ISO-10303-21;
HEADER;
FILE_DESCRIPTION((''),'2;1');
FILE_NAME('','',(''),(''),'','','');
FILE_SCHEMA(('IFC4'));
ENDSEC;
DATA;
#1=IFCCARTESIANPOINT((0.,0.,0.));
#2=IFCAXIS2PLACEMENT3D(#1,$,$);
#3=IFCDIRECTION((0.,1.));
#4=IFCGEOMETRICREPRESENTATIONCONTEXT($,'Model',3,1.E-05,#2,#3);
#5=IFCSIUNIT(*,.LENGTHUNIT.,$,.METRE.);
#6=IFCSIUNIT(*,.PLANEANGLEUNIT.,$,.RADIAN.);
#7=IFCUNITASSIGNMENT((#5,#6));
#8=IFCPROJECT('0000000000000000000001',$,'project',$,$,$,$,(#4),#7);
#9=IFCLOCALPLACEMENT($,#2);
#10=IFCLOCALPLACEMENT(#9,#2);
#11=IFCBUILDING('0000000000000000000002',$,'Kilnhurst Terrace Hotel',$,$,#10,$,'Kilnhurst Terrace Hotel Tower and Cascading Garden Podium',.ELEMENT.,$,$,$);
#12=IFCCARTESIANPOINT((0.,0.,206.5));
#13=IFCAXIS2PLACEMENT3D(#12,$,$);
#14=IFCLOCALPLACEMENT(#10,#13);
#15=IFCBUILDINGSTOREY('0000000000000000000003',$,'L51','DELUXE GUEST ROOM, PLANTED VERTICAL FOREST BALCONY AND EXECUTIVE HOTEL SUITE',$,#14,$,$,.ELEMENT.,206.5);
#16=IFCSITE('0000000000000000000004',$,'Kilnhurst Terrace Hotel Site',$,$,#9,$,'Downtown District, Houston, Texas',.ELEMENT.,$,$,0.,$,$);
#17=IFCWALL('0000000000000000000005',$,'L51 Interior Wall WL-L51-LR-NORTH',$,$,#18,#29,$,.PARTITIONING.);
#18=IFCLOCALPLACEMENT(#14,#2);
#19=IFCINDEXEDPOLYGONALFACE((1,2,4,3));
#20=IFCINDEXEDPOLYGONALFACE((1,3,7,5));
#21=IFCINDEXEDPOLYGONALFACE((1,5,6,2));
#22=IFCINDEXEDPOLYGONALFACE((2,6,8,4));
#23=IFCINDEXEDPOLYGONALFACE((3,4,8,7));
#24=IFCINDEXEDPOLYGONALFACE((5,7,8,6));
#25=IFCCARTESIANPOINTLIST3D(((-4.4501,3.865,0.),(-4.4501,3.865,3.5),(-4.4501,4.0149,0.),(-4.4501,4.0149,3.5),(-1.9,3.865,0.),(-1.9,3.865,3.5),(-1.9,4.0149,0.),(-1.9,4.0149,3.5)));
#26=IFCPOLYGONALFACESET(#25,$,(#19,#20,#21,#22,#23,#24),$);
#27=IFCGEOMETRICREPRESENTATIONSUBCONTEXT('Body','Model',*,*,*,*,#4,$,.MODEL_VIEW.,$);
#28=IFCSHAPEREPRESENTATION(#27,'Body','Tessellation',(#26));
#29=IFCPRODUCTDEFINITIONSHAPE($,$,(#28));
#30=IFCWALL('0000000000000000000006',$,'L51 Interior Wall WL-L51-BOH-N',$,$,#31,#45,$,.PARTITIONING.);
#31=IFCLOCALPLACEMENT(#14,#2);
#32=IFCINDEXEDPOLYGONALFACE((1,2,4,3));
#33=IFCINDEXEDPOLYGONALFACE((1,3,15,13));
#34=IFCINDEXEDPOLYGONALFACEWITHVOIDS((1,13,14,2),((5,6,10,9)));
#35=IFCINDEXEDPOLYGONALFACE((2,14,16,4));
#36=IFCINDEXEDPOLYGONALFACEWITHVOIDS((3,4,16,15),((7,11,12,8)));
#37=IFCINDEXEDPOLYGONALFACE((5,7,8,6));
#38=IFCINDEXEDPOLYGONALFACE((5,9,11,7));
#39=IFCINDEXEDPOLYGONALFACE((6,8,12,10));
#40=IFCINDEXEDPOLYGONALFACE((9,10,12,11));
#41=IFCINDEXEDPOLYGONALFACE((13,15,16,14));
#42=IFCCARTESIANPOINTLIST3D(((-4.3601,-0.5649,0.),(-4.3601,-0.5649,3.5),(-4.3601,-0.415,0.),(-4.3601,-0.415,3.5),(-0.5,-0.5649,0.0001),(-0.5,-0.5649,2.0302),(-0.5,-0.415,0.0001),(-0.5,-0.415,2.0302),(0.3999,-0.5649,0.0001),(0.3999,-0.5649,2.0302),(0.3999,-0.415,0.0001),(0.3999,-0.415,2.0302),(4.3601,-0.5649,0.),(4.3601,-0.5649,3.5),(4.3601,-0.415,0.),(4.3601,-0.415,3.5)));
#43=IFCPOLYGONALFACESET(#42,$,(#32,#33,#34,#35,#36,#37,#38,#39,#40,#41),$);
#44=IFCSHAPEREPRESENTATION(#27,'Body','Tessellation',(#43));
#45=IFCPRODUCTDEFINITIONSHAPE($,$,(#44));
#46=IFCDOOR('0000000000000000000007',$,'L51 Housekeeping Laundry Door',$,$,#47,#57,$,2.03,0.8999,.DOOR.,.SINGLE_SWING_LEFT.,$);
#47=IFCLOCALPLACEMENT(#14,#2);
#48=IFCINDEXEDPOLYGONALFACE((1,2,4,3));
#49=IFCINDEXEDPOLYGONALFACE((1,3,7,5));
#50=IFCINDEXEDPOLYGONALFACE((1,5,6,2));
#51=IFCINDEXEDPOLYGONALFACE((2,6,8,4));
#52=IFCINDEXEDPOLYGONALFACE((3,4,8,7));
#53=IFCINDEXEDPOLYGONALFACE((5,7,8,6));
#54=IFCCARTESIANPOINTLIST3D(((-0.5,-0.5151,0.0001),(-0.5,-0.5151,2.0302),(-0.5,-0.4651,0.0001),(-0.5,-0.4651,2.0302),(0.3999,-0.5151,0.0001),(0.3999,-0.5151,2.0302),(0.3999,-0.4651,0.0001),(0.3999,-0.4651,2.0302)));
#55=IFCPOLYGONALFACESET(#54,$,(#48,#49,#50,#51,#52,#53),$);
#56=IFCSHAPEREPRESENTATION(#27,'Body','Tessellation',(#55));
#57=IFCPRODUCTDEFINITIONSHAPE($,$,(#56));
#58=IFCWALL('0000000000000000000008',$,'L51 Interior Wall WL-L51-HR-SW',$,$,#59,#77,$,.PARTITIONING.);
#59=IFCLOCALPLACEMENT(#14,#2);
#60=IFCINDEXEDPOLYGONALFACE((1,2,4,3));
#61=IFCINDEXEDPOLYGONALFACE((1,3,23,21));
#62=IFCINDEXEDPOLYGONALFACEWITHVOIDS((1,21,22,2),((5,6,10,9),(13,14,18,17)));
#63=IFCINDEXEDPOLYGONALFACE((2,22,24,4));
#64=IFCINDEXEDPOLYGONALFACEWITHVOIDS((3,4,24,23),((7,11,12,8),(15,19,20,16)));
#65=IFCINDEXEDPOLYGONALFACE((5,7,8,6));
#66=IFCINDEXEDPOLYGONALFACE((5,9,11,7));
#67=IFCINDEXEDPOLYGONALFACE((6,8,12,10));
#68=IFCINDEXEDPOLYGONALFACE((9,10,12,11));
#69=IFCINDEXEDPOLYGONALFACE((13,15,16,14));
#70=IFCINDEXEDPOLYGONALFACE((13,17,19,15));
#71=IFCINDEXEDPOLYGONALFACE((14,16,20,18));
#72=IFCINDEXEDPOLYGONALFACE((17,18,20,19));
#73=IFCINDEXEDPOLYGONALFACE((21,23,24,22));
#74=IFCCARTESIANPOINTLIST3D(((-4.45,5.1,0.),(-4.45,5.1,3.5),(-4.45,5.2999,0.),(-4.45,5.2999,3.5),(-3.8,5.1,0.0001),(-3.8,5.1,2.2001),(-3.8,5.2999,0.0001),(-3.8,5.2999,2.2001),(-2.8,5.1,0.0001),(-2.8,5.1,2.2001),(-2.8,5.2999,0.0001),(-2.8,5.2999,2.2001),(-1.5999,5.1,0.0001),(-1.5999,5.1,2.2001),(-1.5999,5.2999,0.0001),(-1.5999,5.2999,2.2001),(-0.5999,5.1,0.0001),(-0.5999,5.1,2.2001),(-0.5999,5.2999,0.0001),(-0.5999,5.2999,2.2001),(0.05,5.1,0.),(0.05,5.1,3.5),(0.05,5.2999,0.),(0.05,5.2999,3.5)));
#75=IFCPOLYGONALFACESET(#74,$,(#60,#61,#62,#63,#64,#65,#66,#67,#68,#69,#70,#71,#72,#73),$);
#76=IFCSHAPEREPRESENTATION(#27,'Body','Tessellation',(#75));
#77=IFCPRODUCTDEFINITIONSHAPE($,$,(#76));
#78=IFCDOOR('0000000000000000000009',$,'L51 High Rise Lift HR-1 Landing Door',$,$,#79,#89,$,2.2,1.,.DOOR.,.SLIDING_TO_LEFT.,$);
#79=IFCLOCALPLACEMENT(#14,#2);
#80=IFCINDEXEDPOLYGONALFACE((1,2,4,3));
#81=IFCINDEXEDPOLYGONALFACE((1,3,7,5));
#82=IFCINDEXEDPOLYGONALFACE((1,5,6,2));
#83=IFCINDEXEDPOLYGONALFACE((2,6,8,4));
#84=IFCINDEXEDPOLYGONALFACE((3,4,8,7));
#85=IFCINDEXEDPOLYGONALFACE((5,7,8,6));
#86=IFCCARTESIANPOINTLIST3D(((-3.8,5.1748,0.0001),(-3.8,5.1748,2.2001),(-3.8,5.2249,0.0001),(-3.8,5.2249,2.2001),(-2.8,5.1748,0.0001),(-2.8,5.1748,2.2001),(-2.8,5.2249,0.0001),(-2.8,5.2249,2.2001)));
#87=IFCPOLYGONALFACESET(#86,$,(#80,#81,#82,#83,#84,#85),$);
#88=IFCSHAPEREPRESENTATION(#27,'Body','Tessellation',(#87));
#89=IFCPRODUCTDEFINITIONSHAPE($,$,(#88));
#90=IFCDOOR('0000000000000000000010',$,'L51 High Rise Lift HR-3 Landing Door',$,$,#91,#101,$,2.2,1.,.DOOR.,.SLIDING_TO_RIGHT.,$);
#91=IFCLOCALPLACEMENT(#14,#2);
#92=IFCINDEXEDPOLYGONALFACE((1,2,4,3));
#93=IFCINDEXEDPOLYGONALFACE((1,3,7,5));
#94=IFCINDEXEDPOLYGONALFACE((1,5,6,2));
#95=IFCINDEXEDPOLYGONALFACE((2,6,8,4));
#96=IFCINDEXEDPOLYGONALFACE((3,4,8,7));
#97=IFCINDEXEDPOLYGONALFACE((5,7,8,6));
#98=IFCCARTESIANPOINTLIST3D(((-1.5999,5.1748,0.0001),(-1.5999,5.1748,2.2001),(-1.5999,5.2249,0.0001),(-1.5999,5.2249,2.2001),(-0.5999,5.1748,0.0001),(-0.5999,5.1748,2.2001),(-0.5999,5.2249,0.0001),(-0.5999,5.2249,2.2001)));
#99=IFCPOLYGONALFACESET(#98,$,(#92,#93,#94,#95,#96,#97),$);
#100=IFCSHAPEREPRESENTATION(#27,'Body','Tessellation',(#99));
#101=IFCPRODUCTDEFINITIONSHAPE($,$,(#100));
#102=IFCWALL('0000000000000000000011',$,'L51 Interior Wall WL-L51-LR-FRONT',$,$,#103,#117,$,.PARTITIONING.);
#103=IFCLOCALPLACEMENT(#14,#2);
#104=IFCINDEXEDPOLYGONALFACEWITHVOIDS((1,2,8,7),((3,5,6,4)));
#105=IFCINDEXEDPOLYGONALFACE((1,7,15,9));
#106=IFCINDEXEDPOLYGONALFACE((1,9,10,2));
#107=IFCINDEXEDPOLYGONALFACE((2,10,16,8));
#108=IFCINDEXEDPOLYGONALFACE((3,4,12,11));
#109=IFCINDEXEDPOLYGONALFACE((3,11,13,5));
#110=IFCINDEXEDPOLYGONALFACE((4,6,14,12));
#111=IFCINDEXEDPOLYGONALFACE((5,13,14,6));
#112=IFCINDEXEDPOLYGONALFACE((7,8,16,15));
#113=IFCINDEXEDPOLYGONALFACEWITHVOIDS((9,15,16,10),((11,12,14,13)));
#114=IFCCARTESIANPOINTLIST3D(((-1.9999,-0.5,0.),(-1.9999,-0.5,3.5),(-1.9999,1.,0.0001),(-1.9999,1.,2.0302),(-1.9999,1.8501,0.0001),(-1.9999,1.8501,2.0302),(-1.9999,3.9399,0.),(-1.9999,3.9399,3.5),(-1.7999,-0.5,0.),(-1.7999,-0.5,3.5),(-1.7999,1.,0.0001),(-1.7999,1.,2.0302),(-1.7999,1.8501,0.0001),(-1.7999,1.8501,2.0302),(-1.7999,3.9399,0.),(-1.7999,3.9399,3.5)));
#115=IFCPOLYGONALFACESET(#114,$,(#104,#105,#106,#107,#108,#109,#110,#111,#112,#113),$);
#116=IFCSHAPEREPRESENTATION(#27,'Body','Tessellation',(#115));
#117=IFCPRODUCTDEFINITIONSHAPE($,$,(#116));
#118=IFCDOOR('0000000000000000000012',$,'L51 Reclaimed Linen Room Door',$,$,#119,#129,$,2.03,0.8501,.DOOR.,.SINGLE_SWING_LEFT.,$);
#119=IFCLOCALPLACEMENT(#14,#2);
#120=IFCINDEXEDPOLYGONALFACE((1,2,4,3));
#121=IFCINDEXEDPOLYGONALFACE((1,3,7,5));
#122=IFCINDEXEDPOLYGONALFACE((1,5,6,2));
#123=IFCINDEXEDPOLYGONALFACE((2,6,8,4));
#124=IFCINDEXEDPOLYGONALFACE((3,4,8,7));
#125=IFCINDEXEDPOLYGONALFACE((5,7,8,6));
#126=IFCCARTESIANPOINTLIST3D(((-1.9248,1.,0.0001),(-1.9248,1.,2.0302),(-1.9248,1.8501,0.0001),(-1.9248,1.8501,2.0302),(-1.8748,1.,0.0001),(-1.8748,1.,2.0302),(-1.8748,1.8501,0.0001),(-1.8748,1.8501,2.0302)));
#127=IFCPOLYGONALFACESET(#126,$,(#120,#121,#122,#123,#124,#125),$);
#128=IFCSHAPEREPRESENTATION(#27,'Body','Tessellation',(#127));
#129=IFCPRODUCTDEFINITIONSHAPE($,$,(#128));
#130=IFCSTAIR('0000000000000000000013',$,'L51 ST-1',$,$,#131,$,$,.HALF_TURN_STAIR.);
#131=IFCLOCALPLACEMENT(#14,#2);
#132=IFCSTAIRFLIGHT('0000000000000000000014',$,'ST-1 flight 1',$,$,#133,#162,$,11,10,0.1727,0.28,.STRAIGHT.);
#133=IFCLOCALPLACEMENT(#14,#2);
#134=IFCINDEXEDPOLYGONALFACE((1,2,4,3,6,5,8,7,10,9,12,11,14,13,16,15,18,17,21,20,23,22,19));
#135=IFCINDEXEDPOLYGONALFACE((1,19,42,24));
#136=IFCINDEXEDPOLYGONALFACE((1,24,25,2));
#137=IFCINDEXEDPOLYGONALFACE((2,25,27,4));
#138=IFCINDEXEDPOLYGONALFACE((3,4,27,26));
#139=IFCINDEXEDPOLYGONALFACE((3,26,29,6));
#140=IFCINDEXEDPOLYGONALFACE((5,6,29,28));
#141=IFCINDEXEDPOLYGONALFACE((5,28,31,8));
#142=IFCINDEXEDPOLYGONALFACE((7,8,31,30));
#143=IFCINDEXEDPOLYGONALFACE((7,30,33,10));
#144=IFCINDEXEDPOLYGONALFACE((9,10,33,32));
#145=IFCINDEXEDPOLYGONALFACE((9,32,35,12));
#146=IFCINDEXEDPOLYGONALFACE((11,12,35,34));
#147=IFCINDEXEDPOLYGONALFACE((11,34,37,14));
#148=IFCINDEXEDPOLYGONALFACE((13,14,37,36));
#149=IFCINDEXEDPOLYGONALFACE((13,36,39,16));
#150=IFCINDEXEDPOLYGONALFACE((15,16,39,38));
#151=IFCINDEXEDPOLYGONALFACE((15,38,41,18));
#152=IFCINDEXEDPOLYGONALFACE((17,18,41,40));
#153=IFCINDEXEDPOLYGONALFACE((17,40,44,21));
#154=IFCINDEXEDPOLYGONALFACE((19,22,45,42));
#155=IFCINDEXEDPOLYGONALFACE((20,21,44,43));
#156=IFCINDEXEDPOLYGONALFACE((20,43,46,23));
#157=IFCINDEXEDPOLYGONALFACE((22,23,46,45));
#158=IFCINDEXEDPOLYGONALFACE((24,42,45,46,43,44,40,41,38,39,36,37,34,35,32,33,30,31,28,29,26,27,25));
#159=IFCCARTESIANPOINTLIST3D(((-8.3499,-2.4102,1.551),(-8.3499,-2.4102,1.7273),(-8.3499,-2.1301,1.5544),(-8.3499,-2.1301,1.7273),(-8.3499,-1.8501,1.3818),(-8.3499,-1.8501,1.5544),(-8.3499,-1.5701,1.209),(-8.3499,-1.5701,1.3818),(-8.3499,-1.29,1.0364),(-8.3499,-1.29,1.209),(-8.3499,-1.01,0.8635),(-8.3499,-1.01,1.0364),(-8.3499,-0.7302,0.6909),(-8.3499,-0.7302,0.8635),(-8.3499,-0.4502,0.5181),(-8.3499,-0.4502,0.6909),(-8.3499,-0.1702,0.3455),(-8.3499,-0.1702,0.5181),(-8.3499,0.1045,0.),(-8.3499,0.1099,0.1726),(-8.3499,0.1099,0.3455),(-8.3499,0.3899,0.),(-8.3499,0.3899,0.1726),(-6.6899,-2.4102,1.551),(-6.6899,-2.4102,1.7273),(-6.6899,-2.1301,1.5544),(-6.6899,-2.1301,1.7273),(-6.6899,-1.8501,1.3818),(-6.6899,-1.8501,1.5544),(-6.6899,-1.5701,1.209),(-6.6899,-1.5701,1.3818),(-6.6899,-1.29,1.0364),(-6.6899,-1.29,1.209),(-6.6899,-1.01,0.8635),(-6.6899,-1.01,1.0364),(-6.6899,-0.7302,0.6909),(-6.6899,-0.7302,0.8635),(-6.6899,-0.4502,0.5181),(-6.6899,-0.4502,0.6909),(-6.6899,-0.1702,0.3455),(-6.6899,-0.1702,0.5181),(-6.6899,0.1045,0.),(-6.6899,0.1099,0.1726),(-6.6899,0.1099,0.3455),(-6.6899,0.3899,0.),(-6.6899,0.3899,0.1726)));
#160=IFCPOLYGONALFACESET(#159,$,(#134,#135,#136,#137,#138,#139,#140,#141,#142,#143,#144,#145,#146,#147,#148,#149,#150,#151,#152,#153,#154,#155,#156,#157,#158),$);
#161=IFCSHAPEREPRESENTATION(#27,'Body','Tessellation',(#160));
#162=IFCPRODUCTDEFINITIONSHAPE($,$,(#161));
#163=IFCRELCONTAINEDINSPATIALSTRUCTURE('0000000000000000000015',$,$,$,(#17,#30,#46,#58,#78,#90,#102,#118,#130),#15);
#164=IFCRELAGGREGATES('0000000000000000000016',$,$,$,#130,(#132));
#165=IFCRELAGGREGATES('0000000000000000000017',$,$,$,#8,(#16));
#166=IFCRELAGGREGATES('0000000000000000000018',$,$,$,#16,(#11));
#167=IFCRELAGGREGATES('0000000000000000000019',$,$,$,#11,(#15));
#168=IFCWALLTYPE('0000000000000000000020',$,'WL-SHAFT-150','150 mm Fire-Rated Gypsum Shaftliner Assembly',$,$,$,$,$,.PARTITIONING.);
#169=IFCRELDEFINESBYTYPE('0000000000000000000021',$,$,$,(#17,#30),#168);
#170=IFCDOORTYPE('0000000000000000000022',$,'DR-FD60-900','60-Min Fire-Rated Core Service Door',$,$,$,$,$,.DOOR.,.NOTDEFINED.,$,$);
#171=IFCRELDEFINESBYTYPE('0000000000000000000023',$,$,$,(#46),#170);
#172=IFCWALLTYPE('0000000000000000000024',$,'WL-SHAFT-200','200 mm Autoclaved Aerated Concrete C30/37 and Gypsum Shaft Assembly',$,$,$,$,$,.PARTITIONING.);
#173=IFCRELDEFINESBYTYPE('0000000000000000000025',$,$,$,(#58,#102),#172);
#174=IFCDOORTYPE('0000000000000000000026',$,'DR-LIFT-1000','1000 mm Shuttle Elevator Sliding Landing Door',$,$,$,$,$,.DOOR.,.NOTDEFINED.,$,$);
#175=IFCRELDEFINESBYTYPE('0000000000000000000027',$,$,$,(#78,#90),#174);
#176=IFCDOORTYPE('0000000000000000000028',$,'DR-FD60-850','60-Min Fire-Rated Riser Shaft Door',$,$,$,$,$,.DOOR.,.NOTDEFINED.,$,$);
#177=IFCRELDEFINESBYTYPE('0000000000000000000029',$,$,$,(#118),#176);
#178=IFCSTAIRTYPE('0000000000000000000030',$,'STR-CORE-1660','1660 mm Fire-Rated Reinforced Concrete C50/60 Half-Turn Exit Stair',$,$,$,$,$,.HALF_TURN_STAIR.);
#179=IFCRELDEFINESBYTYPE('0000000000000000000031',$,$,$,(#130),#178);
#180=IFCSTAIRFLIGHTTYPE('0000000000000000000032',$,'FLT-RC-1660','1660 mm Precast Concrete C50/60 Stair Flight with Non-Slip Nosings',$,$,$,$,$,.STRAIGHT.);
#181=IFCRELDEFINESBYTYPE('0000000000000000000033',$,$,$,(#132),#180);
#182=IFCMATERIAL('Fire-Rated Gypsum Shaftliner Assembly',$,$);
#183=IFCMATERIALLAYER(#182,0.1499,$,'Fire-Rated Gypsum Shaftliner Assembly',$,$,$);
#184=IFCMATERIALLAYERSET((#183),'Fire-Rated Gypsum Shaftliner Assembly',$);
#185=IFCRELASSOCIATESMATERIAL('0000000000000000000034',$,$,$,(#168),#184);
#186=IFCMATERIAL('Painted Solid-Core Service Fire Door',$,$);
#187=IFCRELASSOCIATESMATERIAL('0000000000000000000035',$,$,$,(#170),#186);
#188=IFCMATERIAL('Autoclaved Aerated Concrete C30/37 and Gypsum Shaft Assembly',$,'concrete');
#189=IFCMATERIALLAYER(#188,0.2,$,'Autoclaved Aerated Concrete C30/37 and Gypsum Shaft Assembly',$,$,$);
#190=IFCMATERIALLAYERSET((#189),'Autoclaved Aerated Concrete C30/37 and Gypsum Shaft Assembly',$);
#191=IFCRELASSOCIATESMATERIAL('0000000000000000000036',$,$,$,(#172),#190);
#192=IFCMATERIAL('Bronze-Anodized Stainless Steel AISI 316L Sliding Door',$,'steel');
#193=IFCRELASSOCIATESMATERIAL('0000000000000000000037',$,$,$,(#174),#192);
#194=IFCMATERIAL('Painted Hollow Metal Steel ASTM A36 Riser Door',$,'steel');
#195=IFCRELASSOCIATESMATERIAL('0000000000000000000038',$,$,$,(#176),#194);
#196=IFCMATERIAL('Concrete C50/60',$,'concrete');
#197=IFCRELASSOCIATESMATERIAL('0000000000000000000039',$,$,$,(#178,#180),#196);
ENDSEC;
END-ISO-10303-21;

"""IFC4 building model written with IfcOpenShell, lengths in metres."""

from ifc_helpers import new_model, si_unit, direction, frame, frame_2d, origin, place, context, subcontext, project, spatial, polyline, rectangle, outline, extrude, material, layer, layer_set, type_object, element, fill, aggregate, save


model = new_model("IFC4")

# Units and contexts
model_context = context("Model", 3, precision=1e-05, world=origin(), true_north=direction((0.0, 1.0)))
body_context = subcontext(model_context, "Body", "Model", "MODEL_VIEW")
ifc_project = project(units=[si_unit("LENGTHUNIT", "METRE"), si_unit("PLANEANGLEUNIT", "RADIAN")], contexts=[model_context])

# Site, building, storey
site_placement = place(None, origin())
site = spatial("IfcSite", under=ifc_project, at=site_placement, Name="Kilnhurst Terrace Hotel Site", LongName="Downtown District, Houston, Texas", CompositionType="ELEMENT", RefElevation=0.0)
building_placement = place(site_placement, origin())
building = spatial("IfcBuilding", under=site, at=building_placement, Name="Kilnhurst Terrace Hotel", LongName="Kilnhurst Terrace Hotel Tower and Cascading Garden Podium", CompositionType="ELEMENT")
storey_placement = place(building_placement, frame((0.0, 0.0, 206.5)))
storey = spatial("IfcBuildingStorey", under=building, at=storey_placement, Name="L51", Description="DELUXE GUEST ROOM, PLANTED VERTICAL FOREST BALCONY AND EXECUTIVE HOTEL SUITE", CompositionType="ELEMENT", Elevation=206.5)

# Shared definitions
ifc_material_1 = material(Name="Concrete C50/60", Category="concrete")

# Wall
ifc_material_2 = material(Name="Fire-Rated Gypsum Shaftliner Assembly")
ifc_layer_1 = layer(ifc_material_2, 0.1499, Name="Fire-Rated Gypsum Shaftliner Assembly")
ifc_layer_set_1 = layer_set([ifc_layer_1], Name="Fire-Rated Gypsum Shaftliner Assembly")
wall_type_1 = type_object("IfcWallType", Name="WL-SHAFT-150", Description="150 mm Fire-Rated Gypsum Shaftliner Assembly", PredefinedType="PARTITIONING", material=ifc_layer_set_1)
wall_1_placement = place(storey_placement, frame((-4.45, 3.9399, 0.0), z_axis=(0.0, 0.0, 1.0), x_axis=(1.0, 0.0, 0.0)))
element("IfcWall", 1, at=wall_1_placement, inside=storey, type_object=wall_type_1, Name="L51 Interior Wall WL-L51-LR-NORTH", PredefinedType="PARTITIONING", context=body_context, shape_type="SweptSolid", body=[
    extrude(rectangle(XDim=2.55, YDim=0.1499, at=frame_2d((1.2749, 0.0))), origin(), (0.0, 0.0, 1.0), 3.5),
])

# Wall, opening, door
wall_2_placement = place(storey_placement, frame((-4.3601, -0.49, 0.0), z_axis=(0.0, 0.0, 1.0), x_axis=(1.0, 0.0, 0.0)))
wall_2 = element("IfcWall", 2, at=wall_2_placement, inside=storey, type_object=wall_type_1, Name="L51 Interior Wall WL-L51-BOH-N", PredefinedType="PARTITIONING", context=body_context, shape_type="SweptSolid", body=[
    extrude(rectangle(XDim=8.7202, YDim=0.1499, at=frame_2d((4.3601, 0.0))), origin(), (0.0, 0.0, 1.0), 3.5),
])
opening_1_placement = place(wall_2_placement, frame((3.8601, 0.0, 0.0)))
opening_1 = element("IfcOpeningElement", 3, at=opening_1_placement, cuts=wall_2, PredefinedType="OPENING", context=body_context, shape_type="SweptSolid", body=[
    extrude(rectangle(XDim=0.8999, YDim=2.03, at=frame_2d((0.45, 1.0151))), frame((0.0, 0.085, 0.0), z_axis=(0.0, -1.0, 0.0), x_axis=(1.0, 0.0, 0.0)), (0.0, 0.0, 1.0), 0.1699),
])
ifc_material_3 = material(Name="Painted Solid-Core Service Fire Door")
door_type_1 = type_object("IfcDoorType", Name="DR-FD60-900", Description="60-Min Fire-Rated Core Service Door", OperationType="NOTDEFINED", PredefinedType="DOOR", material=ifc_material_3)
door_1_placement = place(opening_1_placement, origin())
door_1 = element("IfcDoor", 4, at=door_1_placement, inside=storey, type_object=door_type_1, Name="L51 Housekeeping Laundry Door", OperationType="SINGLE_SWING_LEFT", OverallHeight=2.03, OverallWidth=0.8999, PredefinedType="DOOR", context=body_context, shape_type="SweptSolid", body=[
    extrude(rectangle(XDim=0.8999, YDim=2.03, at=frame_2d((0.45, 1.0151))), frame((0.0, 0.0249, 0.0), z_axis=(0.0, -1.0, 0.0), x_axis=(1.0, 0.0, 0.0)), (0.0, 0.0, 1.0), 0.05),
])
fill(opening_1, door_1)

# Wall, openings, doors
ifc_material_4 = material(Name="Autoclaved Aerated Concrete C30/37 and Gypsum Shaft Assembly", Category="concrete")
ifc_layer_2 = layer(ifc_material_4, 0.2, Name="Autoclaved Aerated Concrete C30/37 and Gypsum Shaft Assembly")
ifc_layer_set_2 = layer_set([ifc_layer_2], Name="Autoclaved Aerated Concrete C30/37 and Gypsum Shaft Assembly")
wall_type_2 = type_object("IfcWallType", Name="WL-SHAFT-200", Description="200 mm Autoclaved Aerated Concrete C30/37 and Gypsum Shaft Assembly", PredefinedType="PARTITIONING", material=ifc_layer_set_2)
wall_3_placement = place(storey_placement, frame((-4.45, 5.2, 0.0), z_axis=(0.0, 0.0, 1.0), x_axis=(1.0, 0.0, 0.0)))
wall_3 = element("IfcWall", 5, at=wall_3_placement, inside=storey, type_object=wall_type_2, Name="L51 Interior Wall WL-L51-HR-SW", PredefinedType="PARTITIONING", context=body_context, shape_type="SweptSolid", body=[
    extrude(rectangle(XDim=4.5, YDim=0.2, at=frame_2d((2.25, 0.0))), origin(), (0.0, 0.0, 1.0), 3.5),
])
opening_2_placement = place(wall_3_placement, frame((0.6499, 0.0, 0.0)))
opening_2 = element("IfcOpeningElement", 6, at=opening_2_placement, cuts=wall_3, PredefinedType="OPENING", context=body_context, shape_type="SweptSolid", body=[
    extrude(rectangle(XDim=1.0, YDim=2.2, at=frame_2d((0.5, 1.1001))), frame((0.0, 0.1099, 0.0), z_axis=(0.0, -1.0, 0.0), x_axis=(1.0, 0.0, 0.0)), (0.0, 0.0, 1.0), 0.22),
])
opening_3_placement = place(wall_3_placement, frame((2.8501, 0.0, 0.0)))
opening_3 = element("IfcOpeningElement", 7, at=opening_3_placement, cuts=wall_3, PredefinedType="OPENING", context=body_context, shape_type="SweptSolid", body=[
    extrude(rectangle(XDim=1.0, YDim=2.2, at=frame_2d((0.5, 1.1001))), frame((0.0, 0.1099, 0.0), z_axis=(0.0, -1.0, 0.0), x_axis=(1.0, 0.0, 0.0)), (0.0, 0.0, 1.0), 0.22),
])
ifc_material_5 = material(Name="Bronze-Anodized Stainless Steel AISI 316L Sliding Door", Category="steel")
door_type_2 = type_object("IfcDoorType", Name="DR-LIFT-1000", Description="1000 mm Shuttle Elevator Sliding Landing Door", OperationType="NOTDEFINED", PredefinedType="DOOR", material=ifc_material_5)
door_2_placement = place(opening_2_placement, origin())
door_2 = element("IfcDoor", 8, at=door_2_placement, inside=storey, type_object=door_type_2, Name="L51 High Rise Lift HR-1 Landing Door", OperationType="SLIDING_TO_LEFT", OverallHeight=2.2, OverallWidth=1.0, PredefinedType="DOOR", context=body_context, shape_type="SweptSolid", body=[
    extrude(rectangle(XDim=1.0, YDim=2.2, at=frame_2d((0.5, 1.1001))), frame((0.0, 0.0249, 0.0), z_axis=(0.0, -1.0, 0.0), x_axis=(1.0, 0.0, 0.0)), (0.0, 0.0, 1.0), 0.05),
])
fill(opening_2, door_2)
door_3_placement = place(opening_3_placement, origin())
door_3 = element("IfcDoor", 9, at=door_3_placement, inside=storey, type_object=door_type_2, Name="L51 High Rise Lift HR-3 Landing Door", OperationType="SLIDING_TO_RIGHT", OverallHeight=2.2, OverallWidth=1.0, PredefinedType="DOOR", context=body_context, shape_type="SweptSolid", body=[
    extrude(rectangle(XDim=1.0, YDim=2.2, at=frame_2d((0.5, 1.1001))), frame((0.0, 0.0249, 0.0), z_axis=(0.0, -1.0, 0.0), x_axis=(1.0, 0.0, 0.0)), (0.0, 0.0, 1.0), 0.05),
])
fill(opening_3, door_3)

# Wall, opening, door
wall_4_placement = place(storey_placement, frame((-1.8999, -0.5, 0.0), z_axis=(0.0, 0.0, 1.0), x_axis=(0.0, 1.0, 0.0)))
wall_4 = element("IfcWall", 10, at=wall_4_placement, inside=storey, type_object=wall_type_2, Name="L51 Interior Wall WL-L51-LR-FRONT", PredefinedType="PARTITIONING", context=body_context, shape_type="SweptSolid", body=[
    extrude(rectangle(XDim=4.4399, YDim=0.2, at=frame_2d((2.22, 0.0))), origin(), (0.0, 0.0, 1.0), 3.5),
])
opening_4_placement = place(wall_4_placement, frame((1.5, 0.0, 0.0)))
opening_4 = element("IfcOpeningElement", 11, at=opening_4_placement, cuts=wall_4, PredefinedType="OPENING", context=body_context, shape_type="SweptSolid", body=[
    extrude(rectangle(XDim=0.8501, YDim=2.03, at=frame_2d((0.425, 1.0151))), frame((0.0, 0.1099, 0.0), z_axis=(0.0, -1.0, 0.0), x_axis=(1.0, 0.0, 0.0)), (0.0, 0.0, 1.0), 0.22),
])
ifc_material_6 = material(Name="Painted Hollow Metal Steel ASTM A36 Riser Door", Category="steel")
door_type_3 = type_object("IfcDoorType", Name="DR-FD60-850", Description="60-Min Fire-Rated Riser Shaft Door", OperationType="NOTDEFINED", PredefinedType="DOOR", material=ifc_material_6)
door_4_placement = place(opening_4_placement, origin())
door_4 = element("IfcDoor", 12, at=door_4_placement, inside=storey, type_object=door_type_3, Name="L51 Reclaimed Linen Room Door", OperationType="SINGLE_SWING_LEFT", OverallHeight=2.03, OverallWidth=0.8501, PredefinedType="DOOR", context=body_context, shape_type="SweptSolid", body=[
    extrude(rectangle(XDim=0.8501, YDim=2.03, at=frame_2d((0.425, 1.0151))), frame((0.0, 0.0249, 0.0), z_axis=(0.0, -1.0, 0.0), x_axis=(1.0, 0.0, 0.0)), (0.0, 0.0, 1.0), 0.05),
])
fill(opening_4, door_4)

# Stair, stair flight
stair_type = type_object("IfcStairType", Name="STR-CORE-1660", Description="1660 mm Fire-Rated Reinforced Concrete C50/60 Half-Turn Exit Stair", PredefinedType="HALF_TURN_STAIR", material=ifc_material_1)
stair_placement = place(storey_placement, origin())
stair = element("IfcStair", 13, at=stair_placement, inside=storey, type_object=stair_type, Name="L51 ST-1", PredefinedType="HALF_TURN_STAIR")
stair_flight_type = type_object("IfcStairFlightType", Name="FLT-RC-1660", Description="1660 mm Precast Concrete C50/60 Stair Flight with Non-Slip Nosings", PredefinedType="STRAIGHT", material=ifc_material_1)
stair_flight_placement = place(storey_placement, frame((-7.52, 0.3899, 0.0), z_axis=(0.0, 0.0, 1.0), x_axis=(0.0, -1.0, 0.0)))
stair_flight = element("IfcStairFlight", 14, at=stair_flight_placement, type_object=stair_flight_type, Name="ST-1 flight 1", NumberOfRisers=11, NumberOfTreads=10, PredefinedType="STRAIGHT", RiserHeight=0.1727, TreadLength=0.28, context=body_context, shape_type="SweptSolid", body=[
    extrude(outline(polyline([(0.0, 0.0), (0.0, 0.1726), (0.28, 0.1726), (0.28, 0.3455), (0.5601, 0.3455), (0.5601, 0.5181), (0.8401, 0.5181), (0.8401, 0.6909), (1.1201, 0.6909), (1.1201, 0.8635), (1.3999, 0.8635), (1.3999, 1.0364), (1.6799, 1.0364), (1.6799, 1.209), (1.96, 1.209), (1.96, 1.3818), (2.24, 1.3818), (2.24, 1.5544), (2.52, 1.5544), (2.52, 1.7273), (2.8, 1.7273), (2.8, 1.8999), (2.8, 1.551), (0.2854, 0.0), (0.0, 0.0)])), frame((0.0, 0.8301, 0.0), z_axis=(0.0, -1.0, 0.0), x_axis=(1.0, 0.0, 0.0)), (0.0, 0.0, 1.0), 1.6599),
])
aggregate(stair, [stair_flight])

save(model, "model.ifc")
